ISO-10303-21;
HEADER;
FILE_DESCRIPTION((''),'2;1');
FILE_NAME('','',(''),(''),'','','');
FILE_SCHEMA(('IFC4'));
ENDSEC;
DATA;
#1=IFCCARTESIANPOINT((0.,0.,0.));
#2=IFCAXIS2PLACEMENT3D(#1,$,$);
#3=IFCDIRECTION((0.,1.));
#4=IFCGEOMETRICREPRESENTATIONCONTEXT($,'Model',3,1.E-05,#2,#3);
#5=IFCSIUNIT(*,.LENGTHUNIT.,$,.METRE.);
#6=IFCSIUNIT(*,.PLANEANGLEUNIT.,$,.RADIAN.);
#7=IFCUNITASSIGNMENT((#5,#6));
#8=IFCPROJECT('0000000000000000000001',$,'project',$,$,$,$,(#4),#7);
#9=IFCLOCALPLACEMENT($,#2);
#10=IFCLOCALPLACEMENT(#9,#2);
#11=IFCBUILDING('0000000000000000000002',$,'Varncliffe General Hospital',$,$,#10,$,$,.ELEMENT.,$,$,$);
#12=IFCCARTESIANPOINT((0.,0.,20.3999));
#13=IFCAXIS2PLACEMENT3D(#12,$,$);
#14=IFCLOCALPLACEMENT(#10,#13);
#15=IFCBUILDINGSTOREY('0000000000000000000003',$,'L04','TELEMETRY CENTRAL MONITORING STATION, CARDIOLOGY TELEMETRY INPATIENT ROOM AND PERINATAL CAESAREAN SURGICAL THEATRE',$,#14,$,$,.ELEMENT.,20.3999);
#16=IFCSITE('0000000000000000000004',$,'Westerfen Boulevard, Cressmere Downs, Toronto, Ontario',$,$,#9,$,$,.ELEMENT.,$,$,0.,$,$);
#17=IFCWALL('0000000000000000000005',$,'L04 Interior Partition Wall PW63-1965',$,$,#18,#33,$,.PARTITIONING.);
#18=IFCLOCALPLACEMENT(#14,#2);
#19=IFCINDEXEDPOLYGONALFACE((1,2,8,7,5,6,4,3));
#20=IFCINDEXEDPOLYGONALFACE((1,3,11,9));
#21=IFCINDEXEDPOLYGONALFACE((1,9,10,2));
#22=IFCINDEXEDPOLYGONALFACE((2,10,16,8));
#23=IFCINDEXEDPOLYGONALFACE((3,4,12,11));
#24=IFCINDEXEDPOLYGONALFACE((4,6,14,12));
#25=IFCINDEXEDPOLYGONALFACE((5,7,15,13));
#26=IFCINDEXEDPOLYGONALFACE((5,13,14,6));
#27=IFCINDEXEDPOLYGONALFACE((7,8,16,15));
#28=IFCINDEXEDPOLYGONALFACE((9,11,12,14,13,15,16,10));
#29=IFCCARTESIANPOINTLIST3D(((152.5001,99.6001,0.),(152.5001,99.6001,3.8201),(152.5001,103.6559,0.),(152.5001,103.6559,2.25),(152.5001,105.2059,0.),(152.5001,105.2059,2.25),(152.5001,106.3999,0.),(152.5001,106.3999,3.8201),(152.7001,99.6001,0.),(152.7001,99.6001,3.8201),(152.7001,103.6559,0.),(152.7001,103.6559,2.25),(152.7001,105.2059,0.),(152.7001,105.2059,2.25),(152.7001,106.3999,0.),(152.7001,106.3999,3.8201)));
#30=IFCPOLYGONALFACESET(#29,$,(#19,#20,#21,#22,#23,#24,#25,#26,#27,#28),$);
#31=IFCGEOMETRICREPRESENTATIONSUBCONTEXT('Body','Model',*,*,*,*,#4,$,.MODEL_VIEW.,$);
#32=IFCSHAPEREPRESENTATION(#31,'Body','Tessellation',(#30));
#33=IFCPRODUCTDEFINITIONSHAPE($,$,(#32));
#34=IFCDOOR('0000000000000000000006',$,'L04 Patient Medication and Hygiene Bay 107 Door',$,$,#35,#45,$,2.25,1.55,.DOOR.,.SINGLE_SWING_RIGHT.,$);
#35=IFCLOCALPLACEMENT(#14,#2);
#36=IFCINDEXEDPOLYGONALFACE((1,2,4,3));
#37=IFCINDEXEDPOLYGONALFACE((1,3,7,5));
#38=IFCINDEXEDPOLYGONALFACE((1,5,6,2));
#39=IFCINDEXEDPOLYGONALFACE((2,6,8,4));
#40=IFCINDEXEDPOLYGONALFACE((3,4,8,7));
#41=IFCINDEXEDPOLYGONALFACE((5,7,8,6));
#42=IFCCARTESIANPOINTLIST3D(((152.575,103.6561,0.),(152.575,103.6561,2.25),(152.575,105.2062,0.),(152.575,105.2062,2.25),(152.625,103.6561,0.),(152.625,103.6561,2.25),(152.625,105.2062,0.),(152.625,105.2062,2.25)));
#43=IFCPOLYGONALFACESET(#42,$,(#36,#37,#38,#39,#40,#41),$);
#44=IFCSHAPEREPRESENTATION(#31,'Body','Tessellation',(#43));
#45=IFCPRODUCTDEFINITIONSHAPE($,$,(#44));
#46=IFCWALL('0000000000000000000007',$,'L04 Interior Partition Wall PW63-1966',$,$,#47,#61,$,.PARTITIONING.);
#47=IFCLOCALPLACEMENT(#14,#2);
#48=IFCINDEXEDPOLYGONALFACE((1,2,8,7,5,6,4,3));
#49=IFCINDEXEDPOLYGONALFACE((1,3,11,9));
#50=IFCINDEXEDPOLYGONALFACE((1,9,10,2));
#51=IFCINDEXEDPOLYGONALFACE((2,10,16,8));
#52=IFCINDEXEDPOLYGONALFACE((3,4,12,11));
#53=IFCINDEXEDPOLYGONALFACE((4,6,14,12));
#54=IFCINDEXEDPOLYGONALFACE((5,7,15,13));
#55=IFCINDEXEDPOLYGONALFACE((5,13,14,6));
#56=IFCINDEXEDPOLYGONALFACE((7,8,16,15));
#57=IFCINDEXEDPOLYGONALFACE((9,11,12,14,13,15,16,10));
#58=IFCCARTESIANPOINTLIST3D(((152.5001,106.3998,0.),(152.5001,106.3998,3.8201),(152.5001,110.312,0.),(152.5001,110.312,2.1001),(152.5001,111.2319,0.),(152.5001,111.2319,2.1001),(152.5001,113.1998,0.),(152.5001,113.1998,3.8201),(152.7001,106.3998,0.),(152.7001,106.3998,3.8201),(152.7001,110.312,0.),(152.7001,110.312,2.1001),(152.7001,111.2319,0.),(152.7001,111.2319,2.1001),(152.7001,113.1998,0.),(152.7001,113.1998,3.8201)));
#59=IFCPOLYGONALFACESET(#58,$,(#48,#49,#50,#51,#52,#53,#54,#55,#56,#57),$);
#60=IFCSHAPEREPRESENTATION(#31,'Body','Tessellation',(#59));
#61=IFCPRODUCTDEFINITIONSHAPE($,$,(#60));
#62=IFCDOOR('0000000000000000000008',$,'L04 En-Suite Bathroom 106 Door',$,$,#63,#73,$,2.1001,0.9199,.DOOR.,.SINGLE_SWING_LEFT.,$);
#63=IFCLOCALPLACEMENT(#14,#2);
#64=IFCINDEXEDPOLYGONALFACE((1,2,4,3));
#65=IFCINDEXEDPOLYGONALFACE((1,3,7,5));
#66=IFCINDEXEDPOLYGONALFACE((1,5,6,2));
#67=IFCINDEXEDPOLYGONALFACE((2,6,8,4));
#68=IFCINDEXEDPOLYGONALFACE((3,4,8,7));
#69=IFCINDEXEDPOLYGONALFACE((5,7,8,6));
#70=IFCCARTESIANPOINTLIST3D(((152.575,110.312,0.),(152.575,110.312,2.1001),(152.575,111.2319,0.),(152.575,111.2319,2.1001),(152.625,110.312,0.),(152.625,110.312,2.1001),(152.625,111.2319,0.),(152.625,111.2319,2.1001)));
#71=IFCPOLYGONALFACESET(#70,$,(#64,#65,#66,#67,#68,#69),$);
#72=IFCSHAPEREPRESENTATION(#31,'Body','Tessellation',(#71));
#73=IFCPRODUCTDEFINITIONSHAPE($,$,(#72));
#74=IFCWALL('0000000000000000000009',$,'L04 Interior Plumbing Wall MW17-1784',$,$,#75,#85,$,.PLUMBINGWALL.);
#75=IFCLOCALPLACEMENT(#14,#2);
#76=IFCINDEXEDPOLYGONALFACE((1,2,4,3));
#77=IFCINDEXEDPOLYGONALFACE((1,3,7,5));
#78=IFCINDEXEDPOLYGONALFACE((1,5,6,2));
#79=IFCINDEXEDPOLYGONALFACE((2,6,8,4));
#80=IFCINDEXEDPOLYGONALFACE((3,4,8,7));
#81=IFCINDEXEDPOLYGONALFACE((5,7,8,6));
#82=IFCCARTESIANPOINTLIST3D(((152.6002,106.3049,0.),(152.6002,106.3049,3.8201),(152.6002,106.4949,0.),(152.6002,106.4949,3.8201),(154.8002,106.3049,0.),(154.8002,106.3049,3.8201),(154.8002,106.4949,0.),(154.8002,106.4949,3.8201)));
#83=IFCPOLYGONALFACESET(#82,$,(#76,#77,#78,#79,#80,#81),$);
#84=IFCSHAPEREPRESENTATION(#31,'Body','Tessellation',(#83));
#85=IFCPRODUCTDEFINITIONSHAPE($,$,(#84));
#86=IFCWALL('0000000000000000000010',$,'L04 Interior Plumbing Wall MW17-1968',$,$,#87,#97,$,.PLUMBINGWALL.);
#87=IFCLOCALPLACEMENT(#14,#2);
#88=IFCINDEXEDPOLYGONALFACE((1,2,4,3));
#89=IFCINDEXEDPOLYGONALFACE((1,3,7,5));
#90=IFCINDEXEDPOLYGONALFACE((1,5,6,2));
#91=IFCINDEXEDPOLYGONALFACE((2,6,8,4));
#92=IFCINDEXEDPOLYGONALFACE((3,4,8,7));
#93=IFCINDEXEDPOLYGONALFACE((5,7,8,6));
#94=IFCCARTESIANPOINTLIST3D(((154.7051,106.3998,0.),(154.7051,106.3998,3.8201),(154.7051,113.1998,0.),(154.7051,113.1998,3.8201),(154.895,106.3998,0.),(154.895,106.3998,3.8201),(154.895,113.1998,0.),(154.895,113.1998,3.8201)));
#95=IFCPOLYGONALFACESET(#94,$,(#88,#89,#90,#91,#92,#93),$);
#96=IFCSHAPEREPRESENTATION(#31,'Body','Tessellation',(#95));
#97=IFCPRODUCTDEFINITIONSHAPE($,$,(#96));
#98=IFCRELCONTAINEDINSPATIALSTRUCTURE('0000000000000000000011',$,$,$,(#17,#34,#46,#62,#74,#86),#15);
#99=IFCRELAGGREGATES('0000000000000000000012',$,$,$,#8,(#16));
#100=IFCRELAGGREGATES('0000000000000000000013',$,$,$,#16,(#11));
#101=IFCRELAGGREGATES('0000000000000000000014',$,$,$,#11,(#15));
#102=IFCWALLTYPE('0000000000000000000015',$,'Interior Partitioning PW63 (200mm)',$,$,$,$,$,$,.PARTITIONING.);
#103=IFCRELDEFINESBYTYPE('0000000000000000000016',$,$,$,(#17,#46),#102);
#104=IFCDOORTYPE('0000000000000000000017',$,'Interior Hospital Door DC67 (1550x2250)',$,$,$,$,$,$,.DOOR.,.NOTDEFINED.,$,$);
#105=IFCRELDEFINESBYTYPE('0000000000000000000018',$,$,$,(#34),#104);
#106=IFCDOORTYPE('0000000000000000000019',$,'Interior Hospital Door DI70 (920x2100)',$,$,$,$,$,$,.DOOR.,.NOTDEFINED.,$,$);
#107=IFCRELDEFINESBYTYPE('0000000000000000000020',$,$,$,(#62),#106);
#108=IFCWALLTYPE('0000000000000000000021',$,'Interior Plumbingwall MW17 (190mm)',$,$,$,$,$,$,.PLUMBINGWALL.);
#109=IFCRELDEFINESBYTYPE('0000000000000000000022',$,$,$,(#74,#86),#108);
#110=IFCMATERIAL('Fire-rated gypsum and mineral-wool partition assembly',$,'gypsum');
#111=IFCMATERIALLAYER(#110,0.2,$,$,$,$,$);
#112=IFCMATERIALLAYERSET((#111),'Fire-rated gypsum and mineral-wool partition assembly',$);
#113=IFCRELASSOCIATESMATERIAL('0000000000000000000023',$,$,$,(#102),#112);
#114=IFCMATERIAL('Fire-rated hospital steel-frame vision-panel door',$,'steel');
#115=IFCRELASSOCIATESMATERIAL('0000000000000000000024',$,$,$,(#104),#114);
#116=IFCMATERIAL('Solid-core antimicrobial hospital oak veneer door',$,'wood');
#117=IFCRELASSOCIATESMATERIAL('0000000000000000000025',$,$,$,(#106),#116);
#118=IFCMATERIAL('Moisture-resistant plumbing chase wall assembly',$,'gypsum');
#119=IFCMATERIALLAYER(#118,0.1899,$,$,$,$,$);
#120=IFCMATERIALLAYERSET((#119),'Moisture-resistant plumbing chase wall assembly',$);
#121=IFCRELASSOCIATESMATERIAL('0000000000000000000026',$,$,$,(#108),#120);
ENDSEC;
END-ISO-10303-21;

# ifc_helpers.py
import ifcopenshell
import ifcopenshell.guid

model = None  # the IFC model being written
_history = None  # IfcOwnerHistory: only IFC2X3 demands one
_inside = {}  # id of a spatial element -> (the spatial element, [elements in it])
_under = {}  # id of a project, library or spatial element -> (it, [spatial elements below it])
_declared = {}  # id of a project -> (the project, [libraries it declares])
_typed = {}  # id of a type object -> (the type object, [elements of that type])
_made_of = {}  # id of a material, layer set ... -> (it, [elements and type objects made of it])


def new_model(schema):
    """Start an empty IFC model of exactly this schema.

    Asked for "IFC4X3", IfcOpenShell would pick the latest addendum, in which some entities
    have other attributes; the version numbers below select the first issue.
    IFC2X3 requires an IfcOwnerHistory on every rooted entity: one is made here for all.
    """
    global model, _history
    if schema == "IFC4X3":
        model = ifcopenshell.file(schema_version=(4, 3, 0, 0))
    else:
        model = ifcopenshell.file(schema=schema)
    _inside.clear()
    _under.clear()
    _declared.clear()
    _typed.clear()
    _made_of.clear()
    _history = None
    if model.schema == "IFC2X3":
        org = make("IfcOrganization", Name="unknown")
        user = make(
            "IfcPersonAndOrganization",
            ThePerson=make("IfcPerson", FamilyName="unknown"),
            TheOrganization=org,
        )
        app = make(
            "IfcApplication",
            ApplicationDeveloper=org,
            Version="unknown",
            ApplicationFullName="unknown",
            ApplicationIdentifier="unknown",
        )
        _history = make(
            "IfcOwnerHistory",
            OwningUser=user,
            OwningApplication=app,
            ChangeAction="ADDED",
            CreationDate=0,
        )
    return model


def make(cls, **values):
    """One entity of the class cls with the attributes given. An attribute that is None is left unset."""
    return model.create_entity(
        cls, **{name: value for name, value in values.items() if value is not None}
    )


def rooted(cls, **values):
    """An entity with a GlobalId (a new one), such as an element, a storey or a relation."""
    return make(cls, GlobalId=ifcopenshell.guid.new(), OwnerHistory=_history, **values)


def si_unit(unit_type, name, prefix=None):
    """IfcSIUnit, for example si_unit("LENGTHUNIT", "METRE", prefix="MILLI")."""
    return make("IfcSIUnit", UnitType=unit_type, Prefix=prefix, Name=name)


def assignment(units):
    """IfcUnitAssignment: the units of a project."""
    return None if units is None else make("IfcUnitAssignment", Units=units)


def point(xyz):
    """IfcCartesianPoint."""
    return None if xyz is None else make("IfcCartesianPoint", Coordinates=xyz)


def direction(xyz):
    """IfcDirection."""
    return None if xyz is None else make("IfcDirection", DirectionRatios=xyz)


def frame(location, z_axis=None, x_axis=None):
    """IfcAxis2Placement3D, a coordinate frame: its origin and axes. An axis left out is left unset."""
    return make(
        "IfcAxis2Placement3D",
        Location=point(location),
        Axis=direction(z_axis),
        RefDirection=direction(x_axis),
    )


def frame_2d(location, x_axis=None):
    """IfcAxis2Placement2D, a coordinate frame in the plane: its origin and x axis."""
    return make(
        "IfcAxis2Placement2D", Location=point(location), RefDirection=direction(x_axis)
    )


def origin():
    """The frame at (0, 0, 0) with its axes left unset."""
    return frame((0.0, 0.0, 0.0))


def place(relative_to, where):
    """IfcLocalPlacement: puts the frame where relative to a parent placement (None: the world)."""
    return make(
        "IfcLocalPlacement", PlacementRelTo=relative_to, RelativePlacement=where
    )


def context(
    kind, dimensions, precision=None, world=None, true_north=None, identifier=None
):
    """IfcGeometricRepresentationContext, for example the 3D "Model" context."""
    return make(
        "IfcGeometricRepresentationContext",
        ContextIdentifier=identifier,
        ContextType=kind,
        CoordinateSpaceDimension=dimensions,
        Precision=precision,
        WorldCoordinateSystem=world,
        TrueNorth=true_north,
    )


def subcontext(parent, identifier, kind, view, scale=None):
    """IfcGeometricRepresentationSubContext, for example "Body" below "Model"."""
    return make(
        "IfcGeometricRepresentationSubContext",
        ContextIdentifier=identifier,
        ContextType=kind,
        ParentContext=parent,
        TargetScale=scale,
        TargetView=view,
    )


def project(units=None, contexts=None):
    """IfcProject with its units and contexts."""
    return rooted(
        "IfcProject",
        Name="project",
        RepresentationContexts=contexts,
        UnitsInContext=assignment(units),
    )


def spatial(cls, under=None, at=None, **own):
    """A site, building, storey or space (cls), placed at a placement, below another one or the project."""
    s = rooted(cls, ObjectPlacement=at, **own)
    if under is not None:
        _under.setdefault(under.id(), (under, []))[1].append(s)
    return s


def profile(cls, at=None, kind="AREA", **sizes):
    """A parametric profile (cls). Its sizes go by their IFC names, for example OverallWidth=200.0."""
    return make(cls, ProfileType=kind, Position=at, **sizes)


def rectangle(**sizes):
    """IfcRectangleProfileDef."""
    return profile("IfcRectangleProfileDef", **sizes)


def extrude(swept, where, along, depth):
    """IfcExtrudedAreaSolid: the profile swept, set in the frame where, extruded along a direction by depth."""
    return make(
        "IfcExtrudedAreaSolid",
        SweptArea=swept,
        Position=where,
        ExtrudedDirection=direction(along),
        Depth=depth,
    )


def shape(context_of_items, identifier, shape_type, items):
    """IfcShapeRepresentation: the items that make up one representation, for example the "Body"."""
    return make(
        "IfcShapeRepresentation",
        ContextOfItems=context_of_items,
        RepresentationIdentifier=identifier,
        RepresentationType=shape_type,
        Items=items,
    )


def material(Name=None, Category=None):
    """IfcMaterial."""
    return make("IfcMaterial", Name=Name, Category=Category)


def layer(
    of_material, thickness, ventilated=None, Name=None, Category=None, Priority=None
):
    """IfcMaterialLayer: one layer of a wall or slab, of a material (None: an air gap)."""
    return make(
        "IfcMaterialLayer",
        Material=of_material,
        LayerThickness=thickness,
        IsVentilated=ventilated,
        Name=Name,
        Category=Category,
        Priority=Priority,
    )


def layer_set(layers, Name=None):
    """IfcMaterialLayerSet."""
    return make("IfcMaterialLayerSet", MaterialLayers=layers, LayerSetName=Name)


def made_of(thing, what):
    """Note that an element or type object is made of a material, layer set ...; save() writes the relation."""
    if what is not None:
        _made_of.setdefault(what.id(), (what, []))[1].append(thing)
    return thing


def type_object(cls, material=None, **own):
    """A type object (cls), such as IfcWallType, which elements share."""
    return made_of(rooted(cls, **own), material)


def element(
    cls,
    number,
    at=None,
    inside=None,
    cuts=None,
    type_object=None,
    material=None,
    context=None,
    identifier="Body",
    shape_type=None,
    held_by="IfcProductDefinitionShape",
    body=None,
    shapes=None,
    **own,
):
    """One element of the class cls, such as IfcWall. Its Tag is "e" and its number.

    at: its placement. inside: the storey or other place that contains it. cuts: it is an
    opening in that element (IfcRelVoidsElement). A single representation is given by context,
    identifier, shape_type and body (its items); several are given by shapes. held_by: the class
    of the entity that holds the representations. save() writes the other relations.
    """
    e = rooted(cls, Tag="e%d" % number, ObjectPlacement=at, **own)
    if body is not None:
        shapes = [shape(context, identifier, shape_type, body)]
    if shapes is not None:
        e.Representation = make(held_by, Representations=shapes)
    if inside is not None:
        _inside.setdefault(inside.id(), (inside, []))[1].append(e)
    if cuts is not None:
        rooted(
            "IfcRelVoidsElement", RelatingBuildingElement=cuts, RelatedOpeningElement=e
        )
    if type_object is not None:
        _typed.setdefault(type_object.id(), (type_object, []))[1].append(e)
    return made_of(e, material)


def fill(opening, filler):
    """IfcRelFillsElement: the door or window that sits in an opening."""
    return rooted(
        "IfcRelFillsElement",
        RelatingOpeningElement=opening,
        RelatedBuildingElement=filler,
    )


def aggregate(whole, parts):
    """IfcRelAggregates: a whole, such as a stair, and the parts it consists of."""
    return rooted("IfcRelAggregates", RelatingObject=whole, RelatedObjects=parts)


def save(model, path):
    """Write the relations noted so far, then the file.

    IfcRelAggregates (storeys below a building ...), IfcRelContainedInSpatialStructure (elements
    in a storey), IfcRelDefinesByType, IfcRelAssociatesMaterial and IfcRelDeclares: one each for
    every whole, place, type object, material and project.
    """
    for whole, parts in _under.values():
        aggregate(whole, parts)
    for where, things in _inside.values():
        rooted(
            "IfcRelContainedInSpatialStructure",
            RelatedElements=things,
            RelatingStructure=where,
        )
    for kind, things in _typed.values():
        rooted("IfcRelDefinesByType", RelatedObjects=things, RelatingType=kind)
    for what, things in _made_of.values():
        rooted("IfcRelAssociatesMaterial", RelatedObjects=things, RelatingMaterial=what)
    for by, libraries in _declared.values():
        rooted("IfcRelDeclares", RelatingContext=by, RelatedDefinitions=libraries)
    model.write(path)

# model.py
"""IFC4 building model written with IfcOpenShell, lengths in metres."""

from ifc_helpers import new_model, si_unit, direction, frame, frame_2d, origin, place, context, subcontext, project, spatial, rectangle, extrude, material, layer, layer_set, type_object, element, fill, save


model = new_model("IFC4")

# Units and contexts
model_context = context("Model", 3, precision=1e-05, world=origin(), true_north=direction((0.0, 1.0)))
body_context = subcontext(model_context, "Body", "Model", "MODEL_VIEW")
ifc_project = project(units=[si_unit("LENGTHUNIT", "METRE"), si_unit("PLANEANGLEUNIT", "RADIAN")], contexts=[model_context])

# Site, building, storey
site_placement = place(None, origin())
site = spatial("IfcSite", under=ifc_project, at=site_placement, Name="Westerfen Boulevard, Cressmere Downs, Toronto, Ontario", CompositionType="ELEMENT", RefElevation=0.0)
building_placement = place(site_placement, origin())
building = spatial("IfcBuilding", under=site, at=building_placement, Name="Varncliffe General Hospital", CompositionType="ELEMENT")
storey_placement = place(building_placement, frame((0.0, 0.0, 20.3999)))
storey = spatial("IfcBuildingStorey", under=building, at=storey_placement, Name="L04", Description="TELEMETRY CENTRAL MONITORING STATION, CARDIOLOGY TELEMETRY INPATIENT ROOM AND PERINATAL CAESAREAN SURGICAL THEATRE", CompositionType="ELEMENT", Elevation=20.3999)

# Shared definitions
ifc_material_1 = material(Name="Fire-rated gypsum and mineral-wool partition assembly", Category="gypsum")

# Walls, openings, doors
ifc_layer_1 = layer(ifc_material_1, 0.2)
ifc_layer_set_1 = layer_set([ifc_layer_1], Name="Fire-rated gypsum and mineral-wool partition assembly")
wall_type_1 = type_object("IfcWallType", Name="Interior Partitioning PW63 (200mm)", PredefinedType="PARTITIONING", material=ifc_layer_set_1)
wall_1_placement = place(storey_placement, frame((152.6001, 99.6001, 0.0), z_axis=(0.0, 0.0, 1.0), x_axis=(0.0, 1.0, 0.0)))
wall_1 = element("IfcWall", 1, at=wall_1_placement, inside=storey, type_object=wall_type_1, Name="L04 Interior Partition Wall PW63-1965", PredefinedType="PARTITIONING", context=body_context, shape_type="SweptSolid", body=[
    extrude(rectangle(XDim=6.7998, YDim=0.2, at=frame_2d((3.3999, 0.0))), origin(), (0.0, 0.0, 1.0), 3.8201),
])
opening_1_placement = place(wall_1_placement, frame((4.0559, 0.0, 0.0)))
opening_1 = element("IfcOpeningElement", 2, at=opening_1_placement, cuts=wall_1, PredefinedType="OPENING", context=body_context, shape_type="SweptSolid", body=[
    extrude(rectangle(XDim=1.55, YDim=2.25, at=frame_2d((0.7749, 1.125))), frame((0.0, 0.1099, 0.0), z_axis=(0.0, -1.0, 0.0), x_axis=(1.0, 0.0, 0.0)), (0.0, 0.0, 1.0), 0.22),
])
ifc_material_2 = material(Name="Fire-rated hospital steel-frame vision-panel door", Category="steel")
door_type_1 = type_object("IfcDoorType", Name="Interior Hospital Door DC67 (1550x2250)", OperationType="NOTDEFINED", PredefinedType="DOOR", material=ifc_material_2)
door_1_placement = place(opening_1_placement, frame((1.55, 0.0, 0.0), z_axis=(0.0, 0.0, 1.0), x_axis=(-1.0, 0.0, 0.0)))
door_1 = element("IfcDoor", 3, at=door_1_placement, inside=storey, type_object=door_type_1, Name="L04 Patient Medication and Hygiene Bay 107 Door", OperationType="SINGLE_SWING_RIGHT", OverallHeight=2.25, OverallWidth=1.55, PredefinedType="DOOR", context=body_context, shape_type="SweptSolid", body=[
    extrude(rectangle(XDim=1.55, YDim=2.25, at=frame_2d((0.7749, 1.125))), frame((0.0, 0.0249, 0.0), z_axis=(0.0, -1.0, 0.0), x_axis=(1.0, 0.0, 0.0)), (0.0, 0.0, 1.0), 0.05),
])
fill(opening_1, door_1)
wall_2_placement = place(storey_placement, frame((152.6001, 106.3999, 0.0), z_axis=(0.0, 0.0, 1.0), x_axis=(0.0, 1.0, 0.0)))
wall_2 = element("IfcWall", 4, at=wall_2_placement, inside=storey, type_object=wall_type_1, Name="L04 Interior Partition Wall PW63-1966", PredefinedType="PARTITIONING", context=body_context, shape_type="SweptSolid", body=[
    extrude(rectangle(XDim=6.8, YDim=0.2, at=frame_2d((3.3999, 0.0))), origin(), (0.0, 0.0, 1.0), 3.8201),
])
opening_2_placement = place(wall_2_placement, frame((3.9121, 0.0, 0.0)))
opening_2 = element("IfcOpeningElement", 5, at=opening_2_placement, cuts=wall_2, PredefinedType="OPENING", context=body_context, shape_type="SweptSolid", body=[
    extrude(rectangle(XDim=0.9199, YDim=2.1001, at=frame_2d((0.46, 1.05))), frame((0.0, 0.1099, 0.0), z_axis=(0.0, -1.0, 0.0), x_axis=(1.0, 0.0, 0.0)), (0.0, 0.0, 1.0), 0.22),
])
ifc_material_3 = material(Name="Solid-core antimicrobial hospital oak veneer door", Category="wood")
door_type_2 = type_object("IfcDoorType", Name="Interior Hospital Door DI70 (920x2100)", OperationType="NOTDEFINED", PredefinedType="DOOR", material=ifc_material_3)
door_2_placement = place(opening_2_placement, frame((0.9199, 0.0, 0.0), z_axis=(0.0, 0.0, 1.0), x_axis=(-1.0, 0.0, 0.0)))
door_2 = element("IfcDoor", 6, at=door_2_placement, inside=storey, type_object=door_type_2, Name="L04 En-Suite Bathroom 106 Door", OperationType="SINGLE_SWING_LEFT", OverallHeight=2.1001, OverallWidth=0.9199, PredefinedType="DOOR", context=body_context, shape_type="SweptSolid", body=[
    extrude(rectangle(XDim=0.9199, YDim=2.1001, at=frame_2d((0.46, 1.05))), frame((0.0, 0.0249, 0.0), z_axis=(0.0, -1.0, 0.0), x_axis=(1.0, 0.0, 0.0)), (0.0, 0.0, 1.0), 0.05),
])
fill(opening_2, door_2)

# Walls
ifc_material_4 = material(Name="Moisture-resistant plumbing chase wall assembly", Category="gypsum")
ifc_layer_2 = layer(ifc_material_4, 0.1899)
ifc_layer_set_2 = layer_set([ifc_layer_2], Name="Moisture-resistant plumbing chase wall assembly")
wall_type_2 = type_object("IfcWallType", Name="Interior Plumbingwall MW17 (190mm)", PredefinedType="PLUMBINGWALL", material=ifc_layer_set_2)
wall_3_placement = place(storey_placement, frame((152.6001, 106.3999, 0.0), z_axis=(0.0, 0.0, 1.0), x_axis=(1.0, 0.0, 0.0)))
element("IfcWall", 7, at=wall_3_placement, inside=storey, type_object=wall_type_2, Name="L04 Interior Plumbing Wall MW17-1784", PredefinedType="PLUMBINGWALL", context=body_context, shape_type="SweptSolid", body=[
    extrude(rectangle(XDim=2.2, YDim=0.1899, at=frame_2d((1.1001, 0.0))), origin(), (0.0, 0.0, 1.0), 3.8201),
])
wall_4_placement = place(storey_placement, frame((154.8, 106.3999, 0.0), z_axis=(0.0, 0.0, 1.0), x_axis=(0.0, 1.0, 0.0)))
element("IfcWall", 8, at=wall_4_placement, inside=storey, type_object=wall_type_2, Name="L04 Interior Plumbing Wall MW17-1968", PredefinedType="PLUMBINGWALL", context=body_context, shape_type="SweptSolid", body=[
    extrude(rectangle(XDim=6.8, YDim=0.1899, at=frame_2d((3.3999, 0.0))), origin(), (0.0, 0.0, 1.0), 3.8201),
])

save(model, "model.ifc")
